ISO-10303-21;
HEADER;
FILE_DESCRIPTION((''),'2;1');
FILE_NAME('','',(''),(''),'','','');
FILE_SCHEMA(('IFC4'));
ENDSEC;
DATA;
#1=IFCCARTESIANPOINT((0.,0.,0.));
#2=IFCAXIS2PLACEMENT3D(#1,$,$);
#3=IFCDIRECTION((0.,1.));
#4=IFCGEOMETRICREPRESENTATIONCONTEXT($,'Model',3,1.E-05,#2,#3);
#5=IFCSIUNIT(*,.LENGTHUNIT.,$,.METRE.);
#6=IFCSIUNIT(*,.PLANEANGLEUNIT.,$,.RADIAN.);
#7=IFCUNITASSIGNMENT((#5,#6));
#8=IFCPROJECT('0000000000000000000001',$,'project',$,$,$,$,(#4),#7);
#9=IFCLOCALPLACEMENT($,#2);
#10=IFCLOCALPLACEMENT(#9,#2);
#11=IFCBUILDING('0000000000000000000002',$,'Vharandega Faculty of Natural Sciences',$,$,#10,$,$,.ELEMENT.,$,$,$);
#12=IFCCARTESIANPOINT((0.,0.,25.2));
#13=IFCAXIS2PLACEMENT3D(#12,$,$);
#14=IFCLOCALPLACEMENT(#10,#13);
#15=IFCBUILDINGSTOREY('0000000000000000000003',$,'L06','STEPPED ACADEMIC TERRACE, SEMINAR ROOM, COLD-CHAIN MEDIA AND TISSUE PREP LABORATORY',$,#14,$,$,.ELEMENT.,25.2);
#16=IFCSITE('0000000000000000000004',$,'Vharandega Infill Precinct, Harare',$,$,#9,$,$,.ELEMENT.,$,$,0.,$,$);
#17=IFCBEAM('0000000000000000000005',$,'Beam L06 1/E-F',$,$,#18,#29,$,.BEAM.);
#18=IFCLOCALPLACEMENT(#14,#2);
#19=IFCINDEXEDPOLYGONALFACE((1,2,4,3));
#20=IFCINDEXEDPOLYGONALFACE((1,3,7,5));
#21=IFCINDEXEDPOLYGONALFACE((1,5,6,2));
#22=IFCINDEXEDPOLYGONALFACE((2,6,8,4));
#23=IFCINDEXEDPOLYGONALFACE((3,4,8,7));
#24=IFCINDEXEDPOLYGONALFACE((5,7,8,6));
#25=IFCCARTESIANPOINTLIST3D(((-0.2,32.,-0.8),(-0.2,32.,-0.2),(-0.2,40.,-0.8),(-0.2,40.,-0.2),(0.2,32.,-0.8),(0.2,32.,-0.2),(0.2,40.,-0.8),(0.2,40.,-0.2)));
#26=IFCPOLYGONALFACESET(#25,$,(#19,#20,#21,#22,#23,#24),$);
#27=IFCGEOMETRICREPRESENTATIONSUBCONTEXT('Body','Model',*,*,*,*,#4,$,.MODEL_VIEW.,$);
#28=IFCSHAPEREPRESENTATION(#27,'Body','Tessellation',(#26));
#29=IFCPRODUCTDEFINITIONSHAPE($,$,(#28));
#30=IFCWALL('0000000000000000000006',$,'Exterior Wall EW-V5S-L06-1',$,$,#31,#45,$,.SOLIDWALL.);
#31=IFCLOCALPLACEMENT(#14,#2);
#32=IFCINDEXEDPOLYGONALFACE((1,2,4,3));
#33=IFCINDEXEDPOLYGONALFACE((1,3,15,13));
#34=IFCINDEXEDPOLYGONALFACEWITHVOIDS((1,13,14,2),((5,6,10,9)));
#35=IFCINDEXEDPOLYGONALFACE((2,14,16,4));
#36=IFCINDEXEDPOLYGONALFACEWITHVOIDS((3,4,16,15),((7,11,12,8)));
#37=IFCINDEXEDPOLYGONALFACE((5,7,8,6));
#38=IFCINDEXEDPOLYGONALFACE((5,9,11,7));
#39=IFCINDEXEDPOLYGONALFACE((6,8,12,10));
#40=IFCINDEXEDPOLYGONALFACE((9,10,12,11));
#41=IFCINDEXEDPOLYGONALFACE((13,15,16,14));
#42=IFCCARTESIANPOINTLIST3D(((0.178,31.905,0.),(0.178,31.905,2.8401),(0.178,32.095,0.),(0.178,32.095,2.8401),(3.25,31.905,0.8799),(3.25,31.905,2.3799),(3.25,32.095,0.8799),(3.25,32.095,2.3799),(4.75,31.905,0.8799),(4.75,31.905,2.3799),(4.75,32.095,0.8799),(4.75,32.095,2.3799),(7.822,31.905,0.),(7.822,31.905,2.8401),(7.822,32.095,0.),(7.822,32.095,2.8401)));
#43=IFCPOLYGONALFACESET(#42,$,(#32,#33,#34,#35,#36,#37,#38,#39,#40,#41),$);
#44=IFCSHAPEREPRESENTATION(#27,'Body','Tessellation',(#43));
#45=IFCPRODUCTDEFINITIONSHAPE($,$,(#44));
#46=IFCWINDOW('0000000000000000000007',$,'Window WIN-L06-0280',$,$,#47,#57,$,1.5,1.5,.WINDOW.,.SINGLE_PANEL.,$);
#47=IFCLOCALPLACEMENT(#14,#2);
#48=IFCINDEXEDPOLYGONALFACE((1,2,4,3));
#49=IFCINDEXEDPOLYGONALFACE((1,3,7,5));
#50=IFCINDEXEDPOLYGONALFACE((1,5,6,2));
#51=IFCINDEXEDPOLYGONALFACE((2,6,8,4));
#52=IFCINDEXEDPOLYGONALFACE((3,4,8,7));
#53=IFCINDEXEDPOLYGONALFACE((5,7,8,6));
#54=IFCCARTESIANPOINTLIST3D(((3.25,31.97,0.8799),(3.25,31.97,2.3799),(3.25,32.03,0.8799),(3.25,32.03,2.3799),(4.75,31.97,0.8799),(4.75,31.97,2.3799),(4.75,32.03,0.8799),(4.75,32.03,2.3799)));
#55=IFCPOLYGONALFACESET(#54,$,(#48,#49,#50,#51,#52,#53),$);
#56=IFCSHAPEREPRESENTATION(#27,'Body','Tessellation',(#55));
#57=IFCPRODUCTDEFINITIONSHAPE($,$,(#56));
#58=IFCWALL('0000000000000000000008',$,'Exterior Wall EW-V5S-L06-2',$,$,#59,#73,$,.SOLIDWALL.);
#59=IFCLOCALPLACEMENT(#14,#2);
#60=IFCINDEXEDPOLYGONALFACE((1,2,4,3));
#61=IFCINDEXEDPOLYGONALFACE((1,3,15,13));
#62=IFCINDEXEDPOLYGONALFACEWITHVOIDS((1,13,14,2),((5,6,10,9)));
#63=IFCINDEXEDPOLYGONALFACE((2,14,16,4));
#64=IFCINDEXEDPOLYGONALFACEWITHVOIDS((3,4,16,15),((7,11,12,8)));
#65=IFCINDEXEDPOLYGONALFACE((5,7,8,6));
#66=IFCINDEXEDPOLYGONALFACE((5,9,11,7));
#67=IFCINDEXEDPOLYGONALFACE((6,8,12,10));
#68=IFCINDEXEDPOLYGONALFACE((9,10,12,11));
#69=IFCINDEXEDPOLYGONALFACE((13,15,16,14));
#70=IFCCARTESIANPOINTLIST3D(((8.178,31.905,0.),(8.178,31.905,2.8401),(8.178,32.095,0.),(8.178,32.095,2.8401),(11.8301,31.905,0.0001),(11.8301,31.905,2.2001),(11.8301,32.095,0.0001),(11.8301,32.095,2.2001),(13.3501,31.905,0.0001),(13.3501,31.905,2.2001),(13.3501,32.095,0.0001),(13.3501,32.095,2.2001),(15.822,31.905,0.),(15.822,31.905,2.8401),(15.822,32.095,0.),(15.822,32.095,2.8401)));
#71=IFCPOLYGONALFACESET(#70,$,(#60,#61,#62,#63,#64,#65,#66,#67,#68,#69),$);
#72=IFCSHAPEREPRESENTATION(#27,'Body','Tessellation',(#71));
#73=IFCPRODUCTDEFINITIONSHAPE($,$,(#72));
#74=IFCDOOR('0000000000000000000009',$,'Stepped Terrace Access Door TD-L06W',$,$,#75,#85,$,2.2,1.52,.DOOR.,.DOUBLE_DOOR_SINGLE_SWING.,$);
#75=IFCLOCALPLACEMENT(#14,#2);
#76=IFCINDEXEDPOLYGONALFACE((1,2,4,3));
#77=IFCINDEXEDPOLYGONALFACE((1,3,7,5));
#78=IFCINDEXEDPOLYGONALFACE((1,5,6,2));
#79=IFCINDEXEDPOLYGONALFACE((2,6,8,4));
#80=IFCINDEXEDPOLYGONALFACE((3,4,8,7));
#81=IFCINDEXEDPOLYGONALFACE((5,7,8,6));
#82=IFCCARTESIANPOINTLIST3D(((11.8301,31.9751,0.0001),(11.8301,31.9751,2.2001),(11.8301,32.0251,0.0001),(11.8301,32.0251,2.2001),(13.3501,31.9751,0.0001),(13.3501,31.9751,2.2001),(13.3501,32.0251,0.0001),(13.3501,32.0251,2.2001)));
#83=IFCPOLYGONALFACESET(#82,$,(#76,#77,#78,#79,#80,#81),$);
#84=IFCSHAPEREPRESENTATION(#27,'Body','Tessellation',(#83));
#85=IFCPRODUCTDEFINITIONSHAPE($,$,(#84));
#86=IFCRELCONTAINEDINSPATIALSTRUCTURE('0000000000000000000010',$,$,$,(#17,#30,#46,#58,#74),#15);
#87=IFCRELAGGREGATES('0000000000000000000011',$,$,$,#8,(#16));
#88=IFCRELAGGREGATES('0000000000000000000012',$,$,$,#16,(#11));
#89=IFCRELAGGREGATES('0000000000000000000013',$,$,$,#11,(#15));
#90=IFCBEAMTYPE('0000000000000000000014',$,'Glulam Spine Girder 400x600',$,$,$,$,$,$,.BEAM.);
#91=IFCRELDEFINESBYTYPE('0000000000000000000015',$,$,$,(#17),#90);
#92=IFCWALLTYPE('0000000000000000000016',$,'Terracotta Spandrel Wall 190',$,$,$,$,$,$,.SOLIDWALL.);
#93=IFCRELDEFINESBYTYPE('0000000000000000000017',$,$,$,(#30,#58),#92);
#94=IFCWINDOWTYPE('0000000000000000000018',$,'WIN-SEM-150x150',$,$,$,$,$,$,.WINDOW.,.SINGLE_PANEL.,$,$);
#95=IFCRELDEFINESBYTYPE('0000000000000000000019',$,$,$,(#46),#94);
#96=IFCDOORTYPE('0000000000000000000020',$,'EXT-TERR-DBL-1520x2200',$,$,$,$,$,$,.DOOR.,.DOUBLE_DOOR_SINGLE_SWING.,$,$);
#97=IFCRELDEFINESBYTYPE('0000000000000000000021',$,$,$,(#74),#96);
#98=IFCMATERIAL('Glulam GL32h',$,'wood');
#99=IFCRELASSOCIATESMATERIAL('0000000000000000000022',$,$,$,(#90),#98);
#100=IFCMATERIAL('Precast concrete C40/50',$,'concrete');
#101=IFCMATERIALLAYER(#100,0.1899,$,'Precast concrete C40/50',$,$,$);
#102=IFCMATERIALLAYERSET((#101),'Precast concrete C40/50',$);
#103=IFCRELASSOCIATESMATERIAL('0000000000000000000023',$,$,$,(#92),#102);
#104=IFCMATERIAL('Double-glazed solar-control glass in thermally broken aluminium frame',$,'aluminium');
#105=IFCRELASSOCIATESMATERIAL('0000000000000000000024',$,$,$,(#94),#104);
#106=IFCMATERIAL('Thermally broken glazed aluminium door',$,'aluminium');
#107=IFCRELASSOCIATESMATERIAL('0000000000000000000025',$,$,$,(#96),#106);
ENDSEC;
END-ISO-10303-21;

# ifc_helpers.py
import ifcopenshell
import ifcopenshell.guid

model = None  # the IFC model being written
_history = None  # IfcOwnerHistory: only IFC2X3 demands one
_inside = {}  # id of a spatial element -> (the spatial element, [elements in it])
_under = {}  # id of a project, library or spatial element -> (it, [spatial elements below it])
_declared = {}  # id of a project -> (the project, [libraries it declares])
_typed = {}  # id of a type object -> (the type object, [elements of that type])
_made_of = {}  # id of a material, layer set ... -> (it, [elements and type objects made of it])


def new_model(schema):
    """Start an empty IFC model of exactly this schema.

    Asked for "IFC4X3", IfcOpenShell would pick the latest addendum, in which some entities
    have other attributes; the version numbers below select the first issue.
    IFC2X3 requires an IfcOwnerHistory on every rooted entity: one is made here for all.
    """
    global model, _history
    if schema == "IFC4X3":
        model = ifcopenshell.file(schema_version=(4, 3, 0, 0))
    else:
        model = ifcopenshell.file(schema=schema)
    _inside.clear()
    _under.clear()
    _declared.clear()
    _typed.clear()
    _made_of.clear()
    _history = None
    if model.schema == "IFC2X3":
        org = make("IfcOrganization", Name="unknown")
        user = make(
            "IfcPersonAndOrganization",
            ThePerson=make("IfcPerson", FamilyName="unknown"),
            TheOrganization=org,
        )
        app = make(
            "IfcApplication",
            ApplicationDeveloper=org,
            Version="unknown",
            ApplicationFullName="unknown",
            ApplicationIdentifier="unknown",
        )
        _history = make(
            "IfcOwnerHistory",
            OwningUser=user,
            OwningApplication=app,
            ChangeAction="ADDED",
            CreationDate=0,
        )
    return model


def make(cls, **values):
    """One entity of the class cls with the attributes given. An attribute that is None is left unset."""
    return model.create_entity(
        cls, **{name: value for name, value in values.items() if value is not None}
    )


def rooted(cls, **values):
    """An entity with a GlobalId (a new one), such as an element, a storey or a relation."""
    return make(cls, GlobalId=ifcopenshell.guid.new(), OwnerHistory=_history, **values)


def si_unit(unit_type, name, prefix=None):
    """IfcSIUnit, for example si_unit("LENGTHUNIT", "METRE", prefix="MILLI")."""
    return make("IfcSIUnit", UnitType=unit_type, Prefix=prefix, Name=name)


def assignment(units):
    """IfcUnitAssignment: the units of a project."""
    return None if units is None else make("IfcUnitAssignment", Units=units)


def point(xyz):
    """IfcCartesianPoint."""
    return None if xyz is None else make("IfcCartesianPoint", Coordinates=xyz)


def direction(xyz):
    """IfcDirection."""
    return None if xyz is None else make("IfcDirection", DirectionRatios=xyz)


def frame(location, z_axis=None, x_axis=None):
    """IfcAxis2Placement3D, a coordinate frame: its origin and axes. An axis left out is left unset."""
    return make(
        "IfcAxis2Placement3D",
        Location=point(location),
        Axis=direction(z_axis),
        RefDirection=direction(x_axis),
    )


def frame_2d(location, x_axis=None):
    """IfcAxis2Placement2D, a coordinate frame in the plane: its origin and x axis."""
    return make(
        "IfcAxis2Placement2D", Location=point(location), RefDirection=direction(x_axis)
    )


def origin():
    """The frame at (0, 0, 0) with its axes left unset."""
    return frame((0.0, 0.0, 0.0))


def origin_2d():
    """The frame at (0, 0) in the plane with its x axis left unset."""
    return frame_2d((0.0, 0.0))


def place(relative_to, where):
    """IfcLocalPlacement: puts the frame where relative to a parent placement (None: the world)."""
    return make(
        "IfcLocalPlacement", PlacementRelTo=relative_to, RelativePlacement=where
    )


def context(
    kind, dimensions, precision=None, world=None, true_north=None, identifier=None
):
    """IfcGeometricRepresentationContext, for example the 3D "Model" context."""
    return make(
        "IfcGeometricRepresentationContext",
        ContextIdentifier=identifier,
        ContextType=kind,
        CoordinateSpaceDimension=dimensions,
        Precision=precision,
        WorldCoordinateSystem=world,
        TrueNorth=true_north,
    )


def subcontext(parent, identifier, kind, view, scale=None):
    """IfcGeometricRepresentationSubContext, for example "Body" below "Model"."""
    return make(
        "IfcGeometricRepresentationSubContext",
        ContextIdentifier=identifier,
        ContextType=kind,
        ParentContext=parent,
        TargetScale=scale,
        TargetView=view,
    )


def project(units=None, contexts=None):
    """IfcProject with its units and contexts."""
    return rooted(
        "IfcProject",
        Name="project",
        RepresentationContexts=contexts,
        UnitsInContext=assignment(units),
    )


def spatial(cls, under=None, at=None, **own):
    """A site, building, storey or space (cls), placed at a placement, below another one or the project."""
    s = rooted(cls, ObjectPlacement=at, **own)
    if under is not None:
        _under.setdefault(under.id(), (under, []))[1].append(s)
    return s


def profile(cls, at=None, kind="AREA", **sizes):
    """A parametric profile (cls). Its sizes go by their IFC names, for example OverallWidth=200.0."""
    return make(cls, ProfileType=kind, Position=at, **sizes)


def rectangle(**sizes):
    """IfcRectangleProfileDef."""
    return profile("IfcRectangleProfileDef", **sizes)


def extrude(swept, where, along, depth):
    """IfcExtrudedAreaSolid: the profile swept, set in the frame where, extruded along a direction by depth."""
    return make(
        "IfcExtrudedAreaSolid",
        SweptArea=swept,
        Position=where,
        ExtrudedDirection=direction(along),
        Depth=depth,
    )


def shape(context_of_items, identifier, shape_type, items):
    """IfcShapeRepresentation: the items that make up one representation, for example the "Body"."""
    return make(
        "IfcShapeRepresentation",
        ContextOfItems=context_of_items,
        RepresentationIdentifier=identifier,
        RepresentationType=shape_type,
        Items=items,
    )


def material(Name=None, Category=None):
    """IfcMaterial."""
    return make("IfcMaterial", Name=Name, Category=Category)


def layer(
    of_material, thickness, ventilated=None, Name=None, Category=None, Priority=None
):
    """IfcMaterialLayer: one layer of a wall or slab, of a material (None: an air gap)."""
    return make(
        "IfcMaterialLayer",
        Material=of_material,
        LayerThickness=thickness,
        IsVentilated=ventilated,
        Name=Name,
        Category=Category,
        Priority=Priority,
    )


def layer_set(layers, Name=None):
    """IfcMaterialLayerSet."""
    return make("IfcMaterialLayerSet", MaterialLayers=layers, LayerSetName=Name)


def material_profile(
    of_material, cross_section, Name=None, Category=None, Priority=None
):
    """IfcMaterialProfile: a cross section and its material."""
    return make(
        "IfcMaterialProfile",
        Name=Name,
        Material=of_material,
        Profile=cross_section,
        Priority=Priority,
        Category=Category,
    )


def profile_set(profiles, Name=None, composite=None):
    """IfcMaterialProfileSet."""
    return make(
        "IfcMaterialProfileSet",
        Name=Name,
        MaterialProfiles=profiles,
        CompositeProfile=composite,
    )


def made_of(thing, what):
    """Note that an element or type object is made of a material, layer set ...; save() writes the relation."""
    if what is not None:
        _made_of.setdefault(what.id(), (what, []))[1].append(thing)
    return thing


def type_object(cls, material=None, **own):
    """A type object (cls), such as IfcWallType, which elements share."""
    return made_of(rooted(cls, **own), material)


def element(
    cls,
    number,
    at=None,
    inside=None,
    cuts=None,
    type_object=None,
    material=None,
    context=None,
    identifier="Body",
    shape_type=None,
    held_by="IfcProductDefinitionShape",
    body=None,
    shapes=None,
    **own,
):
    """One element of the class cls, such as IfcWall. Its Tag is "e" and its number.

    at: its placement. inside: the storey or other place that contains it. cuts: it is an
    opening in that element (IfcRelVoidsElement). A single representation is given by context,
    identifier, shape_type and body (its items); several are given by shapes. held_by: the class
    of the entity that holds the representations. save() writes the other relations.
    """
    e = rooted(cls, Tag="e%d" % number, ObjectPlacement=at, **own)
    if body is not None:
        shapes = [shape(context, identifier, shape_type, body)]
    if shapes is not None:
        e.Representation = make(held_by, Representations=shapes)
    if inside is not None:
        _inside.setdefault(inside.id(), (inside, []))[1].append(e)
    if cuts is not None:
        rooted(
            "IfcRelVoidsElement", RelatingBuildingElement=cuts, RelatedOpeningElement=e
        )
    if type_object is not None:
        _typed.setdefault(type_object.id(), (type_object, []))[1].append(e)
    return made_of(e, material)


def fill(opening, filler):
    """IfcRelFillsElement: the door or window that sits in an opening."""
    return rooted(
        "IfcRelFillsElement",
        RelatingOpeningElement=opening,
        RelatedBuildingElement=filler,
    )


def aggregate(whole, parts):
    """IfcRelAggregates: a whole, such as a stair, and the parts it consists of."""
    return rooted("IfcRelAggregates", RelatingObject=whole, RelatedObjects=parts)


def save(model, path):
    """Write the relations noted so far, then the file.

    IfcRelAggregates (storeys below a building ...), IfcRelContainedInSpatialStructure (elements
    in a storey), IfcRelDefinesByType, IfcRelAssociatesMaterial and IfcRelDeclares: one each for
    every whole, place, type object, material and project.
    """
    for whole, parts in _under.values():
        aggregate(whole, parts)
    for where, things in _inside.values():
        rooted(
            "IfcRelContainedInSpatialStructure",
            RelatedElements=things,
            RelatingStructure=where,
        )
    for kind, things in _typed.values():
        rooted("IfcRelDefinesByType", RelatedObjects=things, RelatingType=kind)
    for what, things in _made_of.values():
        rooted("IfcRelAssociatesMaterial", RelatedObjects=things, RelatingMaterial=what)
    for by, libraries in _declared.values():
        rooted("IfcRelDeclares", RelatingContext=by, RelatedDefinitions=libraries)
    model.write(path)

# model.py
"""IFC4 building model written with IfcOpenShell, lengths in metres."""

from ifc_helpers import new_model, si_unit, direction, frame, frame_2d, origin, origin_2d, place, context, subcontext, project, spatial, rectangle, extrude, material, layer, layer_set, material_profile, profile_set, type_object, element, fill, save


model = new_model("IFC4")

# Units and contexts
model_context = context("Model", 3, precision=1e-05, world=origin(), true_north=direction((0.0, 1.0)))
body_context = subcontext(model_context, "Body", "Model", "MODEL_VIEW")
ifc_project = project(units=[si_unit("LENGTHUNIT", "METRE"), si_unit("PLANEANGLEUNIT", "RADIAN")], contexts=[model_context])

# Site, building, storey
site_placement = place(None, origin())
site = spatial("IfcSite", under=ifc_project, at=site_placement, Name="Vharandega Infill Precinct, Harare", CompositionType="ELEMENT", RefElevation=0.0)
building_placement = place(site_placement, origin())
building = spatial("IfcBuilding", under=site, at=building_placement, Name="Vharandega Faculty of Natural Sciences", CompositionType="ELEMENT")
storey_placement = place(building_placement, frame((0.0, 0.0, 25.2)))
storey = spatial("IfcBuildingStorey", under=building, at=storey_placement, Name="L06", Description="STEPPED ACADEMIC TERRACE, SEMINAR ROOM, COLD-CHAIN MEDIA AND TISSUE PREP LABORATORY", CompositionType="ELEMENT", Elevation=25.2)

# Beam
ifc_material_1 = material(Name="Glulam GL32h", Category="wood")
ifc_material_profile_1 = material_profile(ifc_material_1, rectangle(XDim=0.3999, YDim=0.6001, at=origin_2d()), Name="GL32h 400x600")
ifc_profile_set_1 = profile_set([ifc_material_profile_1], Name="Glulam GL32h")
beam_type_1 = type_object("IfcBeamType", Name="Glulam Spine Girder 400x600", PredefinedType="BEAM", material=ifc_profile_set_1)
beam_placement = place(storey_placement, frame((0.0, 32.0, -0.5), z_axis=(0.0, 1.0, 0.0), x_axis=(-1.0, 0.0, 0.0)))
element("IfcBeam", 1, at=beam_placement, inside=storey, type_object=beam_type_1, Name="Beam L06 1/E-F", PredefinedType="BEAM", context=body_context, shape_type="SweptSolid", body=[
    extrude(rectangle(XDim=0.3999, YDim=0.6001, at=origin_2d()), origin(), (0.0, 0.0, 1.0), 8.0),
])

# Wall, opening, window
ifc_material_2 = material(Name="Precast concrete C40/50", Category="concrete")
ifc_layer = layer(ifc_material_2, 0.1899, Name="Precast concrete C40/50")
ifc_layer_set = layer_set([ifc_layer], Name="Precast concrete C40/50")
wall_type = type_object("IfcWallType", Name="Terracotta Spandrel Wall 190", PredefinedType="SOLIDWALL", material=ifc_layer_set)
wall_1_placement = place(storey_placement, frame((7.822, 32.0, 0.0), z_axis=(0.0, 0.0, 1.0), x_axis=(-1.0, 0.0, 0.0)))
wall_1 = element("IfcWall", 2, at=wall_1_placement, inside=storey, type_object=wall_type, Name="Exterior Wall EW-V5S-L06-1", PredefinedType="SOLIDWALL", context=body_context, shape_type="SweptSolid", body=[
    extrude(rectangle(XDim=7.644, YDim=0.1899, at=frame_2d((3.822, 0.0))), origin(), (0.0, 0.0, 1.0), 2.8401),
])
opening_1_placement = place(wall_1_placement, frame((3.072, 0.0, 0.8799)))
opening_1 = element("IfcOpeningElement", 3, at=opening_1_placement, cuts=wall_1, PredefinedType="OPENING", context=body_context, shape_type="SweptSolid", body=[
    extrude(rectangle(XDim=1.5, YDim=1.5, at=frame_2d((0.75, 0.75))), frame((0.0, 0.105, 0.0), z_axis=(0.0, -1.0, 0.0), x_axis=(1.0, 0.0, 0.0)), (0.0, 0.0, 1.0), 0.21),
])
ifc_material_3 = material(Name="Double-glazed solar-control glass in thermally broken aluminium frame", Category="aluminium")
window_type = type_object("IfcWindowType", Name="WIN-SEM-150x150", PartitioningType="SINGLE_PANEL", PredefinedType="WINDOW", material=ifc_material_3)
window_placement = place(opening_1_placement, origin())
window = element("IfcWindow", 4, at=window_placement, inside=storey, type_object=window_type, Name="Window WIN-L06-0280", OverallHeight=1.5, OverallWidth=1.5, PartitioningType="SINGLE_PANEL", PredefinedType="WINDOW", context=body_context, shape_type="SweptSolid", body=[
    extrude(rectangle(XDim=1.5, YDim=1.5, at=frame_2d((0.75, 0.75))), frame((0.0, 0.03, 0.0), z_axis=(0.0, -1.0, 0.0), x_axis=(1.0, 0.0, 0.0)), (0.0, 0.0, 1.0), 0.0601),
])
fill(opening_1, window)

# Wall, opening, door
wall_2_placement = place(storey_placement, frame((15.822, 32.0, 0.0), z_axis=(0.0, 0.0, 1.0), x_axis=(-1.0, 0.0, 0.0)))
wall_2 = element("IfcWall", 5, at=wall_2_placement, inside=storey, type_object=wall_type, Name="Exterior Wall EW-V5S-L06-2", PredefinedType="SOLIDWALL", context=body_context, shape_type="SweptSolid", body=[
    extrude(rectangle(XDim=7.644, YDim=0.1899, at=frame_2d((3.822, 0.0))), origin(), (0.0, 0.0, 1.0), 2.8401),
])
opening_2_placement = place(wall_2_placement, frame((2.4719, 0.0, 0.0)))
opening_2 = element("IfcOpeningElement", 6, at=opening_2_placement, cuts=wall_2, PredefinedType="OPENING", context=body_context, shape_type="SweptSolid", body=[
    extrude(rectangle(XDim=1.52, YDim=2.2, at=frame_2d((0.76, 1.1001))), frame((0.0, 0.105, 0.0), z_axis=(0.0, -1.0, 0.0), x_axis=(1.0, 0.0, 0.0)), (0.0, 0.0, 1.0), 0.21),
])
ifc_material_4 = material(Name="Thermally broken glazed aluminium door", Category="aluminium")
door_type = type_object("IfcDoorType", Name="EXT-TERR-DBL-1520x2200", OperationType="DOUBLE_DOOR_SINGLE_SWING", PredefinedType="DOOR", material=ifc_material_4)
door_placement = place(opening_2_placement, origin())
door = element("IfcDoor", 7, at=door_placement, inside=storey, type_object=door_type, Name="Stepped Terrace Access Door TD-L06W", OperationType="DOUBLE_DOOR_SINGLE_SWING", OverallHeight=2.2, OverallWidth=1.52, PredefinedType="DOOR", context=body_context, shape_type="SweptSolid", body=[
    extrude(rectangle(XDim=1.52, YDim=2.2, at=frame_2d((0.76, 1.1001))), frame((0.0, 0.0249, 0.0), z_axis=(0.0, -1.0, 0.0), x_axis=(1.0, 0.0, 0.0)), (0.0, 0.0, 1.0), 0.05),
])
fill(opening_2, door)

save(model, "model.ifc")
